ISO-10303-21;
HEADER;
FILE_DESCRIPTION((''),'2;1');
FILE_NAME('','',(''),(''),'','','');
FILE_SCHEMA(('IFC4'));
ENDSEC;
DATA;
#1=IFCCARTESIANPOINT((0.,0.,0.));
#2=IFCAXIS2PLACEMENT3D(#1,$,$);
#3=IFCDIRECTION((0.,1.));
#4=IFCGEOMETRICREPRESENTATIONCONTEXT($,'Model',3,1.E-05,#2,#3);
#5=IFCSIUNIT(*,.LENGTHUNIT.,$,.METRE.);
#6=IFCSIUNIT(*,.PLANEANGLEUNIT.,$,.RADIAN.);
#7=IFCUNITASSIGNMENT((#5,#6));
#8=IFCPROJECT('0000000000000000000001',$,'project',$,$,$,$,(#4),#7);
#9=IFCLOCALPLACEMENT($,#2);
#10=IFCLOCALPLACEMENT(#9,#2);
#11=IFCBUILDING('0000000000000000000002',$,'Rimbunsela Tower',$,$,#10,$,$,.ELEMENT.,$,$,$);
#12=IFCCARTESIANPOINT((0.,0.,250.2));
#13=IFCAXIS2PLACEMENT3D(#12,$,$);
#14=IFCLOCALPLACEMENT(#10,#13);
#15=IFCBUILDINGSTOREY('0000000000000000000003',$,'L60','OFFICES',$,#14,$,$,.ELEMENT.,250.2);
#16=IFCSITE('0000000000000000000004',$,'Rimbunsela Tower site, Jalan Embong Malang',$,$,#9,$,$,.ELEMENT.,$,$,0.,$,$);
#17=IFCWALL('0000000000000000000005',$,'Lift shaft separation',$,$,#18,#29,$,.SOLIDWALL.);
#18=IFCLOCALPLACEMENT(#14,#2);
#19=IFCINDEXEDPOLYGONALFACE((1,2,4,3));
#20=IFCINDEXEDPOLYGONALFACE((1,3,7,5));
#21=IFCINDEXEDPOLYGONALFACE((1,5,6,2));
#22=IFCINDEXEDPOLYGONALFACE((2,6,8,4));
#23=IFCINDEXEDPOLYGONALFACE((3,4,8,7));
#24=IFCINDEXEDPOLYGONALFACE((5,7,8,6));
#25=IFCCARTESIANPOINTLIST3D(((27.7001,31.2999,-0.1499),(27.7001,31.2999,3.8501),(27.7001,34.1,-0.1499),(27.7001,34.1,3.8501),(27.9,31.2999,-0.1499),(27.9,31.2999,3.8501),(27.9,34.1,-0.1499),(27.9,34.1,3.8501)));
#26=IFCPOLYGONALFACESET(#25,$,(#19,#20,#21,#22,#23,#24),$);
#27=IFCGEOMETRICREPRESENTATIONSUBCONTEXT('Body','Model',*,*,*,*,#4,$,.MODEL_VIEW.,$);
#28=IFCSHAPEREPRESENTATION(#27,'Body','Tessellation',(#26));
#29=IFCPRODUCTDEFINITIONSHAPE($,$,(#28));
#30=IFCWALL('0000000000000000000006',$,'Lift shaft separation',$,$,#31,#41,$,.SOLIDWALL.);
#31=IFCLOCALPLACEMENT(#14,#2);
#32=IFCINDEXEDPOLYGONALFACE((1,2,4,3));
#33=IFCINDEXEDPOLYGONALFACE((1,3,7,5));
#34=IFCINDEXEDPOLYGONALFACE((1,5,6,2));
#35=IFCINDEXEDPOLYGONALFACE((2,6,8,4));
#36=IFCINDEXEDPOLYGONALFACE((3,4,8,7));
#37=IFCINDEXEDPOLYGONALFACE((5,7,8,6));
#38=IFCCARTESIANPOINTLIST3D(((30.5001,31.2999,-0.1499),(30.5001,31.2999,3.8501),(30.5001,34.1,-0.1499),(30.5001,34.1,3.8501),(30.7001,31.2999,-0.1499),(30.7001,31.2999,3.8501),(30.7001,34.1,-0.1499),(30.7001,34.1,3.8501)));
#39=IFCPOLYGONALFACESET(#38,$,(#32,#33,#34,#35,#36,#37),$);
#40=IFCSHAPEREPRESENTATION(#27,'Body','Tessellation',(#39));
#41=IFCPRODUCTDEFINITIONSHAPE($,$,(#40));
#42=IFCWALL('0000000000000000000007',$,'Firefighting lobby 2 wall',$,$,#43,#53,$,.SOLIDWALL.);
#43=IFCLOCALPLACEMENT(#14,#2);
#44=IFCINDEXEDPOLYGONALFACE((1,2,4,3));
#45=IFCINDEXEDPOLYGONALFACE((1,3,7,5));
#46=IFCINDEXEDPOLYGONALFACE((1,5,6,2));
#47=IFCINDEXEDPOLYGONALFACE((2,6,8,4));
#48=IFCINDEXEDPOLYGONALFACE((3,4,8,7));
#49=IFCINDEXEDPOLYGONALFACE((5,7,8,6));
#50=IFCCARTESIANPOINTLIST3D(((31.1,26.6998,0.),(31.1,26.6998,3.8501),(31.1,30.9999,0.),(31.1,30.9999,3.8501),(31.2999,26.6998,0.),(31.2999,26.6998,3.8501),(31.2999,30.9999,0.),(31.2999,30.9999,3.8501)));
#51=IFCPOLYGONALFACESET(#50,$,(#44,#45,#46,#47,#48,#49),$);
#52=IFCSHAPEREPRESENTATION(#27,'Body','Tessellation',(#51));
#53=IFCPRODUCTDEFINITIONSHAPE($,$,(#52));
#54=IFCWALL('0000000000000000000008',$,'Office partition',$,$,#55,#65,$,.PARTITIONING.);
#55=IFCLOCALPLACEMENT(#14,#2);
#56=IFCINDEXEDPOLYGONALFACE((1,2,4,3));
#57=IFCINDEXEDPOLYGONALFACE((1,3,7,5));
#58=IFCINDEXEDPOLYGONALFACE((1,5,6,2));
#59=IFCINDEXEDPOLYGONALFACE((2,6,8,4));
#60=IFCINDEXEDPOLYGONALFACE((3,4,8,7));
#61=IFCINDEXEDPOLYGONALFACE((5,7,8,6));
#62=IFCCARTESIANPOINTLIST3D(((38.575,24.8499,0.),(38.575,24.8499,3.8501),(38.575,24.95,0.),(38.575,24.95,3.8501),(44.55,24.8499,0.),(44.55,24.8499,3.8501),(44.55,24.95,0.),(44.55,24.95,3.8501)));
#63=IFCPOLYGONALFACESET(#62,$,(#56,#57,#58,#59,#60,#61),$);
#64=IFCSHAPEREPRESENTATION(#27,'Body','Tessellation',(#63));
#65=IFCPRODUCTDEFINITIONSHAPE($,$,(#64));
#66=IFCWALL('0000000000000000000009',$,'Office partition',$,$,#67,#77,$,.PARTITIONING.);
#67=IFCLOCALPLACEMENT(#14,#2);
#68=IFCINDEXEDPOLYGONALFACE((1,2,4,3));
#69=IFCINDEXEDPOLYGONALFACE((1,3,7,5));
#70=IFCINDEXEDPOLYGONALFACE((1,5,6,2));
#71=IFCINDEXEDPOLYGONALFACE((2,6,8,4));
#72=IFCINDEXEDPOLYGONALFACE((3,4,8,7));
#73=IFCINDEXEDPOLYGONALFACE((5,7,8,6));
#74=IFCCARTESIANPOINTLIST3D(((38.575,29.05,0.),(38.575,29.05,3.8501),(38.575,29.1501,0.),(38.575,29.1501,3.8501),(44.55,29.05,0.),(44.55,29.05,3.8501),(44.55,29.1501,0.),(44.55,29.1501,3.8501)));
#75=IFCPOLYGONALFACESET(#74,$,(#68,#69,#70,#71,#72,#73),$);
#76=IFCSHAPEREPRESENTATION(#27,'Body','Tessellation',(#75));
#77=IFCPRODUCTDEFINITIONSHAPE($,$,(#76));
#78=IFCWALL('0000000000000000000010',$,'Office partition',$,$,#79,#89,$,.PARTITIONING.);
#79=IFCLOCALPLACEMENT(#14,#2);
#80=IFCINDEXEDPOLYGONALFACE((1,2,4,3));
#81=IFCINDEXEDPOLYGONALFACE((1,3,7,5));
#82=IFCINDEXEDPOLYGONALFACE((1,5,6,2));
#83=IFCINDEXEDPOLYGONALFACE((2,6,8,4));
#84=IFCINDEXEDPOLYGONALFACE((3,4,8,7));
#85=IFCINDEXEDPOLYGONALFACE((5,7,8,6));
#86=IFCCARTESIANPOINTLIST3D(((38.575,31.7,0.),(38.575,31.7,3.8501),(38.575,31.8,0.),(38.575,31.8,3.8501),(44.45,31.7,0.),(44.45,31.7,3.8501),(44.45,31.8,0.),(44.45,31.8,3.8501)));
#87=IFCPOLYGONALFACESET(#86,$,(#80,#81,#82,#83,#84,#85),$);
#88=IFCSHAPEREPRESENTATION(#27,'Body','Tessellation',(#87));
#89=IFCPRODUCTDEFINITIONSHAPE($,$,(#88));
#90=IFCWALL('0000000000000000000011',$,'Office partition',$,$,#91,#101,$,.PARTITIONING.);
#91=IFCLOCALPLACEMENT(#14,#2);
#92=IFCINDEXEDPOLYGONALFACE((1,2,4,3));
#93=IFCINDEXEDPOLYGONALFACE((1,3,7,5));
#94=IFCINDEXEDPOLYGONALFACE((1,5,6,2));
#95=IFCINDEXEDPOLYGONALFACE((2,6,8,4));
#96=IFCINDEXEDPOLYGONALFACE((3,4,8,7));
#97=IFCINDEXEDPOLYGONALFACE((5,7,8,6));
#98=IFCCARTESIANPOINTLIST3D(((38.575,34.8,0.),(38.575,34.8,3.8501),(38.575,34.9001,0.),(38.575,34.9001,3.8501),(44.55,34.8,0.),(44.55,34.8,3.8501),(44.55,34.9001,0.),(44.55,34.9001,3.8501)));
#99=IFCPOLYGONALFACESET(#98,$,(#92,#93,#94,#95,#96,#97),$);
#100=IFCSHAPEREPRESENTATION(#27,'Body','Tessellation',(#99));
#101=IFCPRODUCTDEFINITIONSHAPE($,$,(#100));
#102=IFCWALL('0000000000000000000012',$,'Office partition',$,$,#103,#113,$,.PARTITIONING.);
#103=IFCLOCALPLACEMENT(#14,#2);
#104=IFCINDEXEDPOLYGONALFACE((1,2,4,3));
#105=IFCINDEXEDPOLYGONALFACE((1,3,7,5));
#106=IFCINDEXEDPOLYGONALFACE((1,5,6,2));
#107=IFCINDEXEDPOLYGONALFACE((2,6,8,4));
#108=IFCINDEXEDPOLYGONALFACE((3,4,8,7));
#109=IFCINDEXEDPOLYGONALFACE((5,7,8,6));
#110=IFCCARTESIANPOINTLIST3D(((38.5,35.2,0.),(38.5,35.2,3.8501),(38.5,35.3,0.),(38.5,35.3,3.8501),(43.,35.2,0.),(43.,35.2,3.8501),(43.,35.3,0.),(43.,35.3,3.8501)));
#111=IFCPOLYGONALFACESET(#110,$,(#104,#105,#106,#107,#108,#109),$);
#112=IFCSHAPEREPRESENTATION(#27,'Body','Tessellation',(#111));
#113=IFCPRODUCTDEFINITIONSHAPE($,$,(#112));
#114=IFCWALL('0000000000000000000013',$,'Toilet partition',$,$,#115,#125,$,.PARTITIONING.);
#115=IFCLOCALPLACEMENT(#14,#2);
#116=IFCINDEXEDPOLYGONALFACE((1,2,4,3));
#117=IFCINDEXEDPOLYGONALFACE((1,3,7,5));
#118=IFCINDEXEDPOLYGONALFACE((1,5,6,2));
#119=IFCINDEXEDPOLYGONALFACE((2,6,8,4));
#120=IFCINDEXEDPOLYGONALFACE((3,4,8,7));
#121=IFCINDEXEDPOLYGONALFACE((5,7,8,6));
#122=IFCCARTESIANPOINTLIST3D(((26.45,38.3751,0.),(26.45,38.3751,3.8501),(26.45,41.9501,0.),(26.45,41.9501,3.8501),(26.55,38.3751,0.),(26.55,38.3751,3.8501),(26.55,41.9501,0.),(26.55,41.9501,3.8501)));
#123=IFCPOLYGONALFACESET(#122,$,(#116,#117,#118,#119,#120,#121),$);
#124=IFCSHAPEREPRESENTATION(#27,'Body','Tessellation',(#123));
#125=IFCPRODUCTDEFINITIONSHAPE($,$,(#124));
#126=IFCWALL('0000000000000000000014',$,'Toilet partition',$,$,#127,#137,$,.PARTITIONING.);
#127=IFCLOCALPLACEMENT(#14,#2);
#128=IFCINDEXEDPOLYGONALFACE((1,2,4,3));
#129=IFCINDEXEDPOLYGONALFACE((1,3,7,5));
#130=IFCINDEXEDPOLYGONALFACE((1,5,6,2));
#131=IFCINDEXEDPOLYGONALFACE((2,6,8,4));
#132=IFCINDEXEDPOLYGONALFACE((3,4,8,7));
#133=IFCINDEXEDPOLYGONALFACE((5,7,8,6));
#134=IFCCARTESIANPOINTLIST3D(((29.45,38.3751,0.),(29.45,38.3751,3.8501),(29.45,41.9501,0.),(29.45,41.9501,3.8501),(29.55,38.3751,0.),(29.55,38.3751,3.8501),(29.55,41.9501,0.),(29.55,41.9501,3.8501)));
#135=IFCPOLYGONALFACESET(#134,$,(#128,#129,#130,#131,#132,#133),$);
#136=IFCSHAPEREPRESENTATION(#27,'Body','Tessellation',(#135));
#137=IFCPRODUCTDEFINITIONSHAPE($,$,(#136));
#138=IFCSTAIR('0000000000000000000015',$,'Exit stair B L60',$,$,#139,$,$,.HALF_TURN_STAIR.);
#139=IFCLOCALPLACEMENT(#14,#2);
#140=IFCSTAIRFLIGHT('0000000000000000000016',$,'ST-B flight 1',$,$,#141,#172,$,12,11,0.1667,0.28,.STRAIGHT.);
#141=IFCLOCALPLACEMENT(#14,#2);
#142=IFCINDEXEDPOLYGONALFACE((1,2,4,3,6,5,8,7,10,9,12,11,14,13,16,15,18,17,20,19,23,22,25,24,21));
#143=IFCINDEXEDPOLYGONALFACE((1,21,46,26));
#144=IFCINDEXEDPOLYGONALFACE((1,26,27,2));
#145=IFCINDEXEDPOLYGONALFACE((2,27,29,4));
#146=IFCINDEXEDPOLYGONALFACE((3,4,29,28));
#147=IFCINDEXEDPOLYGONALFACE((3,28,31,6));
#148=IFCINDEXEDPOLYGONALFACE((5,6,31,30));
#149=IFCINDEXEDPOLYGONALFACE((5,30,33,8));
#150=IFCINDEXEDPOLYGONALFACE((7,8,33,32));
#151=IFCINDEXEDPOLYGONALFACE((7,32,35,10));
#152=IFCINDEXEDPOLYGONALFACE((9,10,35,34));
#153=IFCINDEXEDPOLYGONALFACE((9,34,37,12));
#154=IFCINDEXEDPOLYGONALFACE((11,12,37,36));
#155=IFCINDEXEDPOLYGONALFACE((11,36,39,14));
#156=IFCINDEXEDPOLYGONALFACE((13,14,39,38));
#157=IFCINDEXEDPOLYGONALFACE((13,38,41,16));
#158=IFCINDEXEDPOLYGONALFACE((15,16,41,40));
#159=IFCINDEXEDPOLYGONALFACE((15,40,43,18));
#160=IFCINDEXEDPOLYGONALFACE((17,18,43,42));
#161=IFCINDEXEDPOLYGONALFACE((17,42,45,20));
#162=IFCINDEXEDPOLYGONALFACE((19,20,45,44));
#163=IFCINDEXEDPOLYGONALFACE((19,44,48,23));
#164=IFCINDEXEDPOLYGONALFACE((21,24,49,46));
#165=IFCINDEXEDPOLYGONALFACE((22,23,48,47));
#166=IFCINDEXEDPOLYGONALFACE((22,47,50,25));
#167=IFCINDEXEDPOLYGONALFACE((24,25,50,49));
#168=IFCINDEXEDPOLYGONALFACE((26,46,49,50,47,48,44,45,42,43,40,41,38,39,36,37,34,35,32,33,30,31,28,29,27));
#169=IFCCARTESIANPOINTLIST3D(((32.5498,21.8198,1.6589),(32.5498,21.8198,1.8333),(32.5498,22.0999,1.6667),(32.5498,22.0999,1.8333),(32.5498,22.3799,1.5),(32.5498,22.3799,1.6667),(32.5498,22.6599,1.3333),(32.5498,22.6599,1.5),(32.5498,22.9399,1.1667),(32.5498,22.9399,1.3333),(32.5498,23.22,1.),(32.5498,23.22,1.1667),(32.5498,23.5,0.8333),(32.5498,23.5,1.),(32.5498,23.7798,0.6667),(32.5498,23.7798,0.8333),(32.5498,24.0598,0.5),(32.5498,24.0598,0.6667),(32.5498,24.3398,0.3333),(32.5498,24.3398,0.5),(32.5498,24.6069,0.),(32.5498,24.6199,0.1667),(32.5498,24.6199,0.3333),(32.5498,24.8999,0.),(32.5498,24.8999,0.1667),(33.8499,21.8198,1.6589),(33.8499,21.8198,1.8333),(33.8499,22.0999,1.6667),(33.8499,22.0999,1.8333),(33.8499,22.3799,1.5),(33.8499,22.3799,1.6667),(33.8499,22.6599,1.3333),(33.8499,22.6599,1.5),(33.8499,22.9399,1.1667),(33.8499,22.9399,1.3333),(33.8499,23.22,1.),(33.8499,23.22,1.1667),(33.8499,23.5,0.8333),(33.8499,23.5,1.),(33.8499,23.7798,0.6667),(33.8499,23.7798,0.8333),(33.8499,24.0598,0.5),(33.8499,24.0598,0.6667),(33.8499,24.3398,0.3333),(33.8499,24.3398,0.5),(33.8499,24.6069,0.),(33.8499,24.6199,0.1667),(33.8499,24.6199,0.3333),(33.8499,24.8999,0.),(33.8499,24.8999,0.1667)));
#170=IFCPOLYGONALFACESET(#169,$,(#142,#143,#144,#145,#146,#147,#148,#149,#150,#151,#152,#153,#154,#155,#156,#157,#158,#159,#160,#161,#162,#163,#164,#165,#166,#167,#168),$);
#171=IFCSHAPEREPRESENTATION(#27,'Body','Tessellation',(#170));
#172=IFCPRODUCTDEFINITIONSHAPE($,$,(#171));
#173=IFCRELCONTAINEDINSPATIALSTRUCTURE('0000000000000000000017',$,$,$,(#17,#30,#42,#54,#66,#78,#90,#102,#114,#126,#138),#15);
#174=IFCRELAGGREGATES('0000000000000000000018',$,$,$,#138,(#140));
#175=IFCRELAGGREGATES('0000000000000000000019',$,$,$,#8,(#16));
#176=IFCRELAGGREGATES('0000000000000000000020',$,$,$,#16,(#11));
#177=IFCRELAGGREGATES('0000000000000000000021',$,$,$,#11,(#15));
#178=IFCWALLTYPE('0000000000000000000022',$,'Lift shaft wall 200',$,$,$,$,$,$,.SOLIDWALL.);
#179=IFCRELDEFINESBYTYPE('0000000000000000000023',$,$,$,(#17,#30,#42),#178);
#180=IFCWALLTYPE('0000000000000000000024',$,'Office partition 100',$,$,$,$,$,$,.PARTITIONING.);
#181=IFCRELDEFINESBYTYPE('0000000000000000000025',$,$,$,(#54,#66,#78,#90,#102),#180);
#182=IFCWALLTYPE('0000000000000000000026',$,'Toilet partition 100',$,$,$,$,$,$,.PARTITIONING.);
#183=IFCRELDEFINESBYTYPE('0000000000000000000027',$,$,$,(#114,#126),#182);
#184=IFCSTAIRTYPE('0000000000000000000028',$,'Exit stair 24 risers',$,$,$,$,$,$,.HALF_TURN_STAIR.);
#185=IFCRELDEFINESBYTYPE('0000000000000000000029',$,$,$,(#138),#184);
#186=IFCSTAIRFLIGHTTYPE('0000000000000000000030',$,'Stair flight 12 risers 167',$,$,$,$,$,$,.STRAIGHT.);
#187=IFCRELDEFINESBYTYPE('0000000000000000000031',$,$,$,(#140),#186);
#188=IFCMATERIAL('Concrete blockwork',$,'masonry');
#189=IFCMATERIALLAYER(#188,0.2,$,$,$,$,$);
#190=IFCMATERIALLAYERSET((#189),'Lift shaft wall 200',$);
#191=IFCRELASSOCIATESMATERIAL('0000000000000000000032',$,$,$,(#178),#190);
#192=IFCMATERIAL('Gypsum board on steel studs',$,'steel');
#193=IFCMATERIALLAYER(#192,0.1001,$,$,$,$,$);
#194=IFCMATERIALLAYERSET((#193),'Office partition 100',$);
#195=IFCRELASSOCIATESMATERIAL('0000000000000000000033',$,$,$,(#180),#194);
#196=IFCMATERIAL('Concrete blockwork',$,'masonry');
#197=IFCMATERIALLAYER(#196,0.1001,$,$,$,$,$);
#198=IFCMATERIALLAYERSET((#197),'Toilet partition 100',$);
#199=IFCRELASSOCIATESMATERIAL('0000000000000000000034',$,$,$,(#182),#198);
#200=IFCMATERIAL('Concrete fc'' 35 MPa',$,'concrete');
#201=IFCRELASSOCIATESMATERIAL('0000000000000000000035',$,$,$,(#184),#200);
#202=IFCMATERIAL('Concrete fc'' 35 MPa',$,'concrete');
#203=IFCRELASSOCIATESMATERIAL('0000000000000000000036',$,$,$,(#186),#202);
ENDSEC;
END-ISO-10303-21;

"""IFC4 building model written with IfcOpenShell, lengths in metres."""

from ifc_helpers import new_model, si_unit, direction, frame, frame_2d, origin, place, context, subcontext, project, spatial, polyline, rectangle, outline, extrude, material, layer, layer_set, type_object, element, aggregate, save


model = new_model("IFC4")

# Units and contexts
model_context = context("Model", 3, precision=1e-05, world=origin(), true_north=direction((0.0, 1.0)))
body_context = subcontext(model_context, "Body", "Model", "MODEL_VIEW")
ifc_project = project(units=[si_unit("LENGTHUNIT", "METRE"), si_unit("PLANEANGLEUNIT", "RADIAN")], contexts=[model_context])

# Site, building, storey
site_placement = place(None, origin())
site = spatial("IfcSite", under=ifc_project, at=site_placement, Name="Rimbunsela Tower site, Jalan Embong Malang", CompositionType="ELEMENT", RefElevation=0.0)
building_placement = place(site_placement, origin())
building = spatial("IfcBuilding", under=site, at=building_placement, Name="Rimbunsela Tower", CompositionType="ELEMENT")
storey_placement = place(building_placement, frame((0.0, 0.0, 250.2)))
storey = spatial("IfcBuildingStorey", under=building, at=storey_placement, Name="L60", Description="OFFICES", CompositionType="ELEMENT", Elevation=250.2)

# Walls
ifc_material_1 = material(Name="Concrete blockwork", Category="masonry")
ifc_layer_1 = layer(ifc_material_1, 0.2)
ifc_layer_set_1 = layer_set([ifc_layer_1], Name="Lift shaft wall 200")
wall_type_1 = type_object("IfcWallType", Name="Lift shaft wall 200", PredefinedType="SOLIDWALL", material=ifc_layer_set_1)
for number, where, z_axis, x_axis, name in (
    (1, (27.8, 31.3, -0.1499), (0.0, 0.0, 1.0), (0.0, 1.0, 0.0), "Lift shaft separation"),
    (2, (30.6001, 31.3, -0.1499), (0.0, 0.0, 1.0), (0.0, 1.0, 0.0), "Lift shaft separation"),
):
    element("IfcWall", number, at=place(storey_placement, frame(where, z_axis=z_axis, x_axis=x_axis)), inside=storey, type_object=wall_type_1, Name=name, PredefinedType="SOLIDWALL", context=body_context, shape_type="SweptSolid", body=[
        extrude(rectangle(XDim=2.8, YDim=0.2, at=frame_2d((1.3999, 0.0))), origin(), (0.0, 0.0, 1.0), 4.0),
    ])
wall_1_placement = place(storey_placement, frame((31.2, 26.7, 0.0), z_axis=(0.0, 0.0, 1.0), x_axis=(0.0, 1.0, 0.0)))
element("IfcWall", 3, at=wall_1_placement, inside=storey, type_object=wall_type_1, Name="Firefighting lobby 2 wall", PredefinedType="SOLIDWALL", context=body_context, shape_type="SweptSolid", body=[
    extrude(rectangle(XDim=4.3, YDim=0.2, at=frame_2d((2.1499, 0.0))), origin(), (0.0, 0.0, 1.0), 3.8501),
])
ifc_material_2 = material(Name="Gypsum board on steel studs", Category="steel")
ifc_layer_2 = layer(ifc_material_2, 0.1001)
ifc_layer_set_2 = layer_set([ifc_layer_2], Name="Office partition 100")
wall_type_2 = type_object("IfcWallType", Name="Office partition 100", PredefinedType="PARTITIONING", material=ifc_layer_set_2)
for number, where, z_axis, x_axis, name in (
    (4, (38.575, 24.8999, 0.0), (0.0, 0.0, 1.0), (1.0, 0.0, 0.0), "Office partition"),
    (5, (38.575, 29.1001, 0.0), (0.0, 0.0, 1.0), (1.0, 0.0, 0.0), "Office partition"),
):
    element("IfcWall", number, at=place(storey_placement, frame(where, z_axis=z_axis, x_axis=x_axis)), inside=storey, type_object=wall_type_2, Name=name, PredefinedType="PARTITIONING", context=body_context, shape_type="SweptSolid", body=[
        extrude(rectangle(XDim=5.9751, YDim=0.1001, at=frame_2d((2.9875, 0.0))), origin(), (0.0, 0.0, 1.0), 3.8501),
    ])
wall_2_placement = place(storey_placement, frame((38.575, 31.75, 0.0), z_axis=(0.0, 0.0, 1.0), x_axis=(1.0, 0.0, 0.0)))
element("IfcWall", 6, at=wall_2_placement, inside=storey, type_object=wall_type_2, Name="Office partition", PredefinedType="PARTITIONING", context=body_context, shape_type="SweptSolid", body=[
    extrude(rectangle(XDim=5.875, YDim=0.1001, at=frame_2d((2.9375, 0.0))), origin(), (0.0, 0.0, 1.0), 3.8501),
])
wall_3_placement = place(storey_placement, frame((38.575, 34.8501, 0.0), z_axis=(0.0, 0.0, 1.0), x_axis=(1.0, 0.0, 0.0)))
element("IfcWall", 7, at=wall_3_placement, inside=storey, type_object=wall_type_2, Name="Office partition", PredefinedType="PARTITIONING", context=body_context, shape_type="SweptSolid", body=[
    extrude(rectangle(XDim=5.9751, YDim=0.1001, at=frame_2d((2.9875, 0.0))), origin(), (0.0, 0.0, 1.0), 3.8501),
])
wall_4_placement = place(storey_placement, frame((38.5, 35.25, 0.0), z_axis=(0.0, 0.0, 1.0), x_axis=(1.0, 0.0, 0.0)))
element("IfcWall", 8, at=wall_4_placement, inside=storey, type_object=wall_type_2, Name="Office partition", PredefinedType="PARTITIONING", context=body_context, shape_type="SweptSolid", body=[
    extrude(rectangle(XDim=4.5, YDim=0.1001, at=frame_2d((2.25, 0.0))), origin(), (0.0, 0.0, 1.0), 3.8501),
])
ifc_material_3 = material(Name="Concrete blockwork", Category="masonry")
ifc_layer_3 = layer(ifc_material_3, 0.1001)
ifc_layer_set_3 = layer_set([ifc_layer_3], Name="Toilet partition 100")
wall_type_3 = type_object("IfcWallType", Name="Toilet partition 100", PredefinedType="PARTITIONING", material=ifc_layer_set_3)
for number, where, z_axis, x_axis, name in (
    (9, (26.5, 38.375, 0.0), (0.0, 0.0, 1.0), (0.0, 1.0, 0.0), "Toilet partition"),
    (10, (29.5, 38.375, 0.0), (0.0, 0.0, 1.0), (0.0, 1.0, 0.0), "Toilet partition"),
):
    element("IfcWall", number, at=place(storey_placement, frame(where, z_axis=z_axis, x_axis=x_axis)), inside=storey, type_object=wall_type_3, Name=name, PredefinedType="PARTITIONING", context=body_context, shape_type="SweptSolid", body=[
        extrude(rectangle(XDim=3.575, YDim=0.1001, at=frame_2d((1.7876, 0.0))), origin(), (0.0, 0.0, 1.0), 3.8501),
    ])

# Stair, stair flight
ifc_material_4 = material(Name="Concrete fc' 35 MPa", Category="concrete")
stair_type = type_object("IfcStairType", Name="Exit stair 24 risers", PredefinedType="HALF_TURN_STAIR", material=ifc_material_4)
stair_placement = place(storey_placement, origin())
stair = element("IfcStair", 11, at=stair_placement, inside=storey, type_object=stair_type, Name="Exit stair B L60", PredefinedType="HALF_TURN_STAIR")
ifc_material_5 = material(Name="Concrete fc' 35 MPa", Category="concrete")
stair_flight_type = type_object("IfcStairFlightType", Name="Stair flight 12 risers 167", PredefinedType="STRAIGHT", material=ifc_material_5)
stair_flight_placement = place(storey_placement, frame((33.2, 24.8999, 0.0), z_axis=(0.0, 0.0, 1.0), x_axis=(0.0, -1.0, 0.0)))
stair_flight = element("IfcStairFlight", 12, at=stair_flight_placement, type_object=stair_flight_type, Name="ST-B flight 1", NumberOfRisers=12, NumberOfTreads=11, PredefinedType="STRAIGHT", RiserHeight=0.1667, TreadLength=0.28, context=body_context, shape_type="SweptSolid", body=[
    extrude(outline(polyline([(0.0, 0.0), (0.0, 0.1667), (0.28, 0.1667), (0.28, 0.3333), (0.5601, 0.3333), (0.5601, 0.5), (0.8401, 0.5), (0.8401, 0.6667), (1.1201, 0.6667), (1.1201, 0.8333), (1.3999, 0.8333), (1.3999, 1.0), (1.6799, 1.0), (1.6799, 1.1667), (1.96, 1.1667), (1.96, 1.3333), (2.24, 1.3333), (2.24, 1.5), (2.52, 1.5), (2.52, 1.6667), (2.8, 1.6667), (2.8, 1.8333), (3.0801, 1.8333), (3.0801, 2.0), (3.0801, 1.6589), (0.293, 0.0), (0.0, 0.0)])), frame((0.0, 0.6499, 0.0), z_axis=(0.0, -1.0, 0.0), x_axis=(1.0, 0.0, 0.0)), (0.0, 0.0, 1.0), 1.3),
])
aggregate(stair, [stair_flight])

save(model, "model.ifc")
